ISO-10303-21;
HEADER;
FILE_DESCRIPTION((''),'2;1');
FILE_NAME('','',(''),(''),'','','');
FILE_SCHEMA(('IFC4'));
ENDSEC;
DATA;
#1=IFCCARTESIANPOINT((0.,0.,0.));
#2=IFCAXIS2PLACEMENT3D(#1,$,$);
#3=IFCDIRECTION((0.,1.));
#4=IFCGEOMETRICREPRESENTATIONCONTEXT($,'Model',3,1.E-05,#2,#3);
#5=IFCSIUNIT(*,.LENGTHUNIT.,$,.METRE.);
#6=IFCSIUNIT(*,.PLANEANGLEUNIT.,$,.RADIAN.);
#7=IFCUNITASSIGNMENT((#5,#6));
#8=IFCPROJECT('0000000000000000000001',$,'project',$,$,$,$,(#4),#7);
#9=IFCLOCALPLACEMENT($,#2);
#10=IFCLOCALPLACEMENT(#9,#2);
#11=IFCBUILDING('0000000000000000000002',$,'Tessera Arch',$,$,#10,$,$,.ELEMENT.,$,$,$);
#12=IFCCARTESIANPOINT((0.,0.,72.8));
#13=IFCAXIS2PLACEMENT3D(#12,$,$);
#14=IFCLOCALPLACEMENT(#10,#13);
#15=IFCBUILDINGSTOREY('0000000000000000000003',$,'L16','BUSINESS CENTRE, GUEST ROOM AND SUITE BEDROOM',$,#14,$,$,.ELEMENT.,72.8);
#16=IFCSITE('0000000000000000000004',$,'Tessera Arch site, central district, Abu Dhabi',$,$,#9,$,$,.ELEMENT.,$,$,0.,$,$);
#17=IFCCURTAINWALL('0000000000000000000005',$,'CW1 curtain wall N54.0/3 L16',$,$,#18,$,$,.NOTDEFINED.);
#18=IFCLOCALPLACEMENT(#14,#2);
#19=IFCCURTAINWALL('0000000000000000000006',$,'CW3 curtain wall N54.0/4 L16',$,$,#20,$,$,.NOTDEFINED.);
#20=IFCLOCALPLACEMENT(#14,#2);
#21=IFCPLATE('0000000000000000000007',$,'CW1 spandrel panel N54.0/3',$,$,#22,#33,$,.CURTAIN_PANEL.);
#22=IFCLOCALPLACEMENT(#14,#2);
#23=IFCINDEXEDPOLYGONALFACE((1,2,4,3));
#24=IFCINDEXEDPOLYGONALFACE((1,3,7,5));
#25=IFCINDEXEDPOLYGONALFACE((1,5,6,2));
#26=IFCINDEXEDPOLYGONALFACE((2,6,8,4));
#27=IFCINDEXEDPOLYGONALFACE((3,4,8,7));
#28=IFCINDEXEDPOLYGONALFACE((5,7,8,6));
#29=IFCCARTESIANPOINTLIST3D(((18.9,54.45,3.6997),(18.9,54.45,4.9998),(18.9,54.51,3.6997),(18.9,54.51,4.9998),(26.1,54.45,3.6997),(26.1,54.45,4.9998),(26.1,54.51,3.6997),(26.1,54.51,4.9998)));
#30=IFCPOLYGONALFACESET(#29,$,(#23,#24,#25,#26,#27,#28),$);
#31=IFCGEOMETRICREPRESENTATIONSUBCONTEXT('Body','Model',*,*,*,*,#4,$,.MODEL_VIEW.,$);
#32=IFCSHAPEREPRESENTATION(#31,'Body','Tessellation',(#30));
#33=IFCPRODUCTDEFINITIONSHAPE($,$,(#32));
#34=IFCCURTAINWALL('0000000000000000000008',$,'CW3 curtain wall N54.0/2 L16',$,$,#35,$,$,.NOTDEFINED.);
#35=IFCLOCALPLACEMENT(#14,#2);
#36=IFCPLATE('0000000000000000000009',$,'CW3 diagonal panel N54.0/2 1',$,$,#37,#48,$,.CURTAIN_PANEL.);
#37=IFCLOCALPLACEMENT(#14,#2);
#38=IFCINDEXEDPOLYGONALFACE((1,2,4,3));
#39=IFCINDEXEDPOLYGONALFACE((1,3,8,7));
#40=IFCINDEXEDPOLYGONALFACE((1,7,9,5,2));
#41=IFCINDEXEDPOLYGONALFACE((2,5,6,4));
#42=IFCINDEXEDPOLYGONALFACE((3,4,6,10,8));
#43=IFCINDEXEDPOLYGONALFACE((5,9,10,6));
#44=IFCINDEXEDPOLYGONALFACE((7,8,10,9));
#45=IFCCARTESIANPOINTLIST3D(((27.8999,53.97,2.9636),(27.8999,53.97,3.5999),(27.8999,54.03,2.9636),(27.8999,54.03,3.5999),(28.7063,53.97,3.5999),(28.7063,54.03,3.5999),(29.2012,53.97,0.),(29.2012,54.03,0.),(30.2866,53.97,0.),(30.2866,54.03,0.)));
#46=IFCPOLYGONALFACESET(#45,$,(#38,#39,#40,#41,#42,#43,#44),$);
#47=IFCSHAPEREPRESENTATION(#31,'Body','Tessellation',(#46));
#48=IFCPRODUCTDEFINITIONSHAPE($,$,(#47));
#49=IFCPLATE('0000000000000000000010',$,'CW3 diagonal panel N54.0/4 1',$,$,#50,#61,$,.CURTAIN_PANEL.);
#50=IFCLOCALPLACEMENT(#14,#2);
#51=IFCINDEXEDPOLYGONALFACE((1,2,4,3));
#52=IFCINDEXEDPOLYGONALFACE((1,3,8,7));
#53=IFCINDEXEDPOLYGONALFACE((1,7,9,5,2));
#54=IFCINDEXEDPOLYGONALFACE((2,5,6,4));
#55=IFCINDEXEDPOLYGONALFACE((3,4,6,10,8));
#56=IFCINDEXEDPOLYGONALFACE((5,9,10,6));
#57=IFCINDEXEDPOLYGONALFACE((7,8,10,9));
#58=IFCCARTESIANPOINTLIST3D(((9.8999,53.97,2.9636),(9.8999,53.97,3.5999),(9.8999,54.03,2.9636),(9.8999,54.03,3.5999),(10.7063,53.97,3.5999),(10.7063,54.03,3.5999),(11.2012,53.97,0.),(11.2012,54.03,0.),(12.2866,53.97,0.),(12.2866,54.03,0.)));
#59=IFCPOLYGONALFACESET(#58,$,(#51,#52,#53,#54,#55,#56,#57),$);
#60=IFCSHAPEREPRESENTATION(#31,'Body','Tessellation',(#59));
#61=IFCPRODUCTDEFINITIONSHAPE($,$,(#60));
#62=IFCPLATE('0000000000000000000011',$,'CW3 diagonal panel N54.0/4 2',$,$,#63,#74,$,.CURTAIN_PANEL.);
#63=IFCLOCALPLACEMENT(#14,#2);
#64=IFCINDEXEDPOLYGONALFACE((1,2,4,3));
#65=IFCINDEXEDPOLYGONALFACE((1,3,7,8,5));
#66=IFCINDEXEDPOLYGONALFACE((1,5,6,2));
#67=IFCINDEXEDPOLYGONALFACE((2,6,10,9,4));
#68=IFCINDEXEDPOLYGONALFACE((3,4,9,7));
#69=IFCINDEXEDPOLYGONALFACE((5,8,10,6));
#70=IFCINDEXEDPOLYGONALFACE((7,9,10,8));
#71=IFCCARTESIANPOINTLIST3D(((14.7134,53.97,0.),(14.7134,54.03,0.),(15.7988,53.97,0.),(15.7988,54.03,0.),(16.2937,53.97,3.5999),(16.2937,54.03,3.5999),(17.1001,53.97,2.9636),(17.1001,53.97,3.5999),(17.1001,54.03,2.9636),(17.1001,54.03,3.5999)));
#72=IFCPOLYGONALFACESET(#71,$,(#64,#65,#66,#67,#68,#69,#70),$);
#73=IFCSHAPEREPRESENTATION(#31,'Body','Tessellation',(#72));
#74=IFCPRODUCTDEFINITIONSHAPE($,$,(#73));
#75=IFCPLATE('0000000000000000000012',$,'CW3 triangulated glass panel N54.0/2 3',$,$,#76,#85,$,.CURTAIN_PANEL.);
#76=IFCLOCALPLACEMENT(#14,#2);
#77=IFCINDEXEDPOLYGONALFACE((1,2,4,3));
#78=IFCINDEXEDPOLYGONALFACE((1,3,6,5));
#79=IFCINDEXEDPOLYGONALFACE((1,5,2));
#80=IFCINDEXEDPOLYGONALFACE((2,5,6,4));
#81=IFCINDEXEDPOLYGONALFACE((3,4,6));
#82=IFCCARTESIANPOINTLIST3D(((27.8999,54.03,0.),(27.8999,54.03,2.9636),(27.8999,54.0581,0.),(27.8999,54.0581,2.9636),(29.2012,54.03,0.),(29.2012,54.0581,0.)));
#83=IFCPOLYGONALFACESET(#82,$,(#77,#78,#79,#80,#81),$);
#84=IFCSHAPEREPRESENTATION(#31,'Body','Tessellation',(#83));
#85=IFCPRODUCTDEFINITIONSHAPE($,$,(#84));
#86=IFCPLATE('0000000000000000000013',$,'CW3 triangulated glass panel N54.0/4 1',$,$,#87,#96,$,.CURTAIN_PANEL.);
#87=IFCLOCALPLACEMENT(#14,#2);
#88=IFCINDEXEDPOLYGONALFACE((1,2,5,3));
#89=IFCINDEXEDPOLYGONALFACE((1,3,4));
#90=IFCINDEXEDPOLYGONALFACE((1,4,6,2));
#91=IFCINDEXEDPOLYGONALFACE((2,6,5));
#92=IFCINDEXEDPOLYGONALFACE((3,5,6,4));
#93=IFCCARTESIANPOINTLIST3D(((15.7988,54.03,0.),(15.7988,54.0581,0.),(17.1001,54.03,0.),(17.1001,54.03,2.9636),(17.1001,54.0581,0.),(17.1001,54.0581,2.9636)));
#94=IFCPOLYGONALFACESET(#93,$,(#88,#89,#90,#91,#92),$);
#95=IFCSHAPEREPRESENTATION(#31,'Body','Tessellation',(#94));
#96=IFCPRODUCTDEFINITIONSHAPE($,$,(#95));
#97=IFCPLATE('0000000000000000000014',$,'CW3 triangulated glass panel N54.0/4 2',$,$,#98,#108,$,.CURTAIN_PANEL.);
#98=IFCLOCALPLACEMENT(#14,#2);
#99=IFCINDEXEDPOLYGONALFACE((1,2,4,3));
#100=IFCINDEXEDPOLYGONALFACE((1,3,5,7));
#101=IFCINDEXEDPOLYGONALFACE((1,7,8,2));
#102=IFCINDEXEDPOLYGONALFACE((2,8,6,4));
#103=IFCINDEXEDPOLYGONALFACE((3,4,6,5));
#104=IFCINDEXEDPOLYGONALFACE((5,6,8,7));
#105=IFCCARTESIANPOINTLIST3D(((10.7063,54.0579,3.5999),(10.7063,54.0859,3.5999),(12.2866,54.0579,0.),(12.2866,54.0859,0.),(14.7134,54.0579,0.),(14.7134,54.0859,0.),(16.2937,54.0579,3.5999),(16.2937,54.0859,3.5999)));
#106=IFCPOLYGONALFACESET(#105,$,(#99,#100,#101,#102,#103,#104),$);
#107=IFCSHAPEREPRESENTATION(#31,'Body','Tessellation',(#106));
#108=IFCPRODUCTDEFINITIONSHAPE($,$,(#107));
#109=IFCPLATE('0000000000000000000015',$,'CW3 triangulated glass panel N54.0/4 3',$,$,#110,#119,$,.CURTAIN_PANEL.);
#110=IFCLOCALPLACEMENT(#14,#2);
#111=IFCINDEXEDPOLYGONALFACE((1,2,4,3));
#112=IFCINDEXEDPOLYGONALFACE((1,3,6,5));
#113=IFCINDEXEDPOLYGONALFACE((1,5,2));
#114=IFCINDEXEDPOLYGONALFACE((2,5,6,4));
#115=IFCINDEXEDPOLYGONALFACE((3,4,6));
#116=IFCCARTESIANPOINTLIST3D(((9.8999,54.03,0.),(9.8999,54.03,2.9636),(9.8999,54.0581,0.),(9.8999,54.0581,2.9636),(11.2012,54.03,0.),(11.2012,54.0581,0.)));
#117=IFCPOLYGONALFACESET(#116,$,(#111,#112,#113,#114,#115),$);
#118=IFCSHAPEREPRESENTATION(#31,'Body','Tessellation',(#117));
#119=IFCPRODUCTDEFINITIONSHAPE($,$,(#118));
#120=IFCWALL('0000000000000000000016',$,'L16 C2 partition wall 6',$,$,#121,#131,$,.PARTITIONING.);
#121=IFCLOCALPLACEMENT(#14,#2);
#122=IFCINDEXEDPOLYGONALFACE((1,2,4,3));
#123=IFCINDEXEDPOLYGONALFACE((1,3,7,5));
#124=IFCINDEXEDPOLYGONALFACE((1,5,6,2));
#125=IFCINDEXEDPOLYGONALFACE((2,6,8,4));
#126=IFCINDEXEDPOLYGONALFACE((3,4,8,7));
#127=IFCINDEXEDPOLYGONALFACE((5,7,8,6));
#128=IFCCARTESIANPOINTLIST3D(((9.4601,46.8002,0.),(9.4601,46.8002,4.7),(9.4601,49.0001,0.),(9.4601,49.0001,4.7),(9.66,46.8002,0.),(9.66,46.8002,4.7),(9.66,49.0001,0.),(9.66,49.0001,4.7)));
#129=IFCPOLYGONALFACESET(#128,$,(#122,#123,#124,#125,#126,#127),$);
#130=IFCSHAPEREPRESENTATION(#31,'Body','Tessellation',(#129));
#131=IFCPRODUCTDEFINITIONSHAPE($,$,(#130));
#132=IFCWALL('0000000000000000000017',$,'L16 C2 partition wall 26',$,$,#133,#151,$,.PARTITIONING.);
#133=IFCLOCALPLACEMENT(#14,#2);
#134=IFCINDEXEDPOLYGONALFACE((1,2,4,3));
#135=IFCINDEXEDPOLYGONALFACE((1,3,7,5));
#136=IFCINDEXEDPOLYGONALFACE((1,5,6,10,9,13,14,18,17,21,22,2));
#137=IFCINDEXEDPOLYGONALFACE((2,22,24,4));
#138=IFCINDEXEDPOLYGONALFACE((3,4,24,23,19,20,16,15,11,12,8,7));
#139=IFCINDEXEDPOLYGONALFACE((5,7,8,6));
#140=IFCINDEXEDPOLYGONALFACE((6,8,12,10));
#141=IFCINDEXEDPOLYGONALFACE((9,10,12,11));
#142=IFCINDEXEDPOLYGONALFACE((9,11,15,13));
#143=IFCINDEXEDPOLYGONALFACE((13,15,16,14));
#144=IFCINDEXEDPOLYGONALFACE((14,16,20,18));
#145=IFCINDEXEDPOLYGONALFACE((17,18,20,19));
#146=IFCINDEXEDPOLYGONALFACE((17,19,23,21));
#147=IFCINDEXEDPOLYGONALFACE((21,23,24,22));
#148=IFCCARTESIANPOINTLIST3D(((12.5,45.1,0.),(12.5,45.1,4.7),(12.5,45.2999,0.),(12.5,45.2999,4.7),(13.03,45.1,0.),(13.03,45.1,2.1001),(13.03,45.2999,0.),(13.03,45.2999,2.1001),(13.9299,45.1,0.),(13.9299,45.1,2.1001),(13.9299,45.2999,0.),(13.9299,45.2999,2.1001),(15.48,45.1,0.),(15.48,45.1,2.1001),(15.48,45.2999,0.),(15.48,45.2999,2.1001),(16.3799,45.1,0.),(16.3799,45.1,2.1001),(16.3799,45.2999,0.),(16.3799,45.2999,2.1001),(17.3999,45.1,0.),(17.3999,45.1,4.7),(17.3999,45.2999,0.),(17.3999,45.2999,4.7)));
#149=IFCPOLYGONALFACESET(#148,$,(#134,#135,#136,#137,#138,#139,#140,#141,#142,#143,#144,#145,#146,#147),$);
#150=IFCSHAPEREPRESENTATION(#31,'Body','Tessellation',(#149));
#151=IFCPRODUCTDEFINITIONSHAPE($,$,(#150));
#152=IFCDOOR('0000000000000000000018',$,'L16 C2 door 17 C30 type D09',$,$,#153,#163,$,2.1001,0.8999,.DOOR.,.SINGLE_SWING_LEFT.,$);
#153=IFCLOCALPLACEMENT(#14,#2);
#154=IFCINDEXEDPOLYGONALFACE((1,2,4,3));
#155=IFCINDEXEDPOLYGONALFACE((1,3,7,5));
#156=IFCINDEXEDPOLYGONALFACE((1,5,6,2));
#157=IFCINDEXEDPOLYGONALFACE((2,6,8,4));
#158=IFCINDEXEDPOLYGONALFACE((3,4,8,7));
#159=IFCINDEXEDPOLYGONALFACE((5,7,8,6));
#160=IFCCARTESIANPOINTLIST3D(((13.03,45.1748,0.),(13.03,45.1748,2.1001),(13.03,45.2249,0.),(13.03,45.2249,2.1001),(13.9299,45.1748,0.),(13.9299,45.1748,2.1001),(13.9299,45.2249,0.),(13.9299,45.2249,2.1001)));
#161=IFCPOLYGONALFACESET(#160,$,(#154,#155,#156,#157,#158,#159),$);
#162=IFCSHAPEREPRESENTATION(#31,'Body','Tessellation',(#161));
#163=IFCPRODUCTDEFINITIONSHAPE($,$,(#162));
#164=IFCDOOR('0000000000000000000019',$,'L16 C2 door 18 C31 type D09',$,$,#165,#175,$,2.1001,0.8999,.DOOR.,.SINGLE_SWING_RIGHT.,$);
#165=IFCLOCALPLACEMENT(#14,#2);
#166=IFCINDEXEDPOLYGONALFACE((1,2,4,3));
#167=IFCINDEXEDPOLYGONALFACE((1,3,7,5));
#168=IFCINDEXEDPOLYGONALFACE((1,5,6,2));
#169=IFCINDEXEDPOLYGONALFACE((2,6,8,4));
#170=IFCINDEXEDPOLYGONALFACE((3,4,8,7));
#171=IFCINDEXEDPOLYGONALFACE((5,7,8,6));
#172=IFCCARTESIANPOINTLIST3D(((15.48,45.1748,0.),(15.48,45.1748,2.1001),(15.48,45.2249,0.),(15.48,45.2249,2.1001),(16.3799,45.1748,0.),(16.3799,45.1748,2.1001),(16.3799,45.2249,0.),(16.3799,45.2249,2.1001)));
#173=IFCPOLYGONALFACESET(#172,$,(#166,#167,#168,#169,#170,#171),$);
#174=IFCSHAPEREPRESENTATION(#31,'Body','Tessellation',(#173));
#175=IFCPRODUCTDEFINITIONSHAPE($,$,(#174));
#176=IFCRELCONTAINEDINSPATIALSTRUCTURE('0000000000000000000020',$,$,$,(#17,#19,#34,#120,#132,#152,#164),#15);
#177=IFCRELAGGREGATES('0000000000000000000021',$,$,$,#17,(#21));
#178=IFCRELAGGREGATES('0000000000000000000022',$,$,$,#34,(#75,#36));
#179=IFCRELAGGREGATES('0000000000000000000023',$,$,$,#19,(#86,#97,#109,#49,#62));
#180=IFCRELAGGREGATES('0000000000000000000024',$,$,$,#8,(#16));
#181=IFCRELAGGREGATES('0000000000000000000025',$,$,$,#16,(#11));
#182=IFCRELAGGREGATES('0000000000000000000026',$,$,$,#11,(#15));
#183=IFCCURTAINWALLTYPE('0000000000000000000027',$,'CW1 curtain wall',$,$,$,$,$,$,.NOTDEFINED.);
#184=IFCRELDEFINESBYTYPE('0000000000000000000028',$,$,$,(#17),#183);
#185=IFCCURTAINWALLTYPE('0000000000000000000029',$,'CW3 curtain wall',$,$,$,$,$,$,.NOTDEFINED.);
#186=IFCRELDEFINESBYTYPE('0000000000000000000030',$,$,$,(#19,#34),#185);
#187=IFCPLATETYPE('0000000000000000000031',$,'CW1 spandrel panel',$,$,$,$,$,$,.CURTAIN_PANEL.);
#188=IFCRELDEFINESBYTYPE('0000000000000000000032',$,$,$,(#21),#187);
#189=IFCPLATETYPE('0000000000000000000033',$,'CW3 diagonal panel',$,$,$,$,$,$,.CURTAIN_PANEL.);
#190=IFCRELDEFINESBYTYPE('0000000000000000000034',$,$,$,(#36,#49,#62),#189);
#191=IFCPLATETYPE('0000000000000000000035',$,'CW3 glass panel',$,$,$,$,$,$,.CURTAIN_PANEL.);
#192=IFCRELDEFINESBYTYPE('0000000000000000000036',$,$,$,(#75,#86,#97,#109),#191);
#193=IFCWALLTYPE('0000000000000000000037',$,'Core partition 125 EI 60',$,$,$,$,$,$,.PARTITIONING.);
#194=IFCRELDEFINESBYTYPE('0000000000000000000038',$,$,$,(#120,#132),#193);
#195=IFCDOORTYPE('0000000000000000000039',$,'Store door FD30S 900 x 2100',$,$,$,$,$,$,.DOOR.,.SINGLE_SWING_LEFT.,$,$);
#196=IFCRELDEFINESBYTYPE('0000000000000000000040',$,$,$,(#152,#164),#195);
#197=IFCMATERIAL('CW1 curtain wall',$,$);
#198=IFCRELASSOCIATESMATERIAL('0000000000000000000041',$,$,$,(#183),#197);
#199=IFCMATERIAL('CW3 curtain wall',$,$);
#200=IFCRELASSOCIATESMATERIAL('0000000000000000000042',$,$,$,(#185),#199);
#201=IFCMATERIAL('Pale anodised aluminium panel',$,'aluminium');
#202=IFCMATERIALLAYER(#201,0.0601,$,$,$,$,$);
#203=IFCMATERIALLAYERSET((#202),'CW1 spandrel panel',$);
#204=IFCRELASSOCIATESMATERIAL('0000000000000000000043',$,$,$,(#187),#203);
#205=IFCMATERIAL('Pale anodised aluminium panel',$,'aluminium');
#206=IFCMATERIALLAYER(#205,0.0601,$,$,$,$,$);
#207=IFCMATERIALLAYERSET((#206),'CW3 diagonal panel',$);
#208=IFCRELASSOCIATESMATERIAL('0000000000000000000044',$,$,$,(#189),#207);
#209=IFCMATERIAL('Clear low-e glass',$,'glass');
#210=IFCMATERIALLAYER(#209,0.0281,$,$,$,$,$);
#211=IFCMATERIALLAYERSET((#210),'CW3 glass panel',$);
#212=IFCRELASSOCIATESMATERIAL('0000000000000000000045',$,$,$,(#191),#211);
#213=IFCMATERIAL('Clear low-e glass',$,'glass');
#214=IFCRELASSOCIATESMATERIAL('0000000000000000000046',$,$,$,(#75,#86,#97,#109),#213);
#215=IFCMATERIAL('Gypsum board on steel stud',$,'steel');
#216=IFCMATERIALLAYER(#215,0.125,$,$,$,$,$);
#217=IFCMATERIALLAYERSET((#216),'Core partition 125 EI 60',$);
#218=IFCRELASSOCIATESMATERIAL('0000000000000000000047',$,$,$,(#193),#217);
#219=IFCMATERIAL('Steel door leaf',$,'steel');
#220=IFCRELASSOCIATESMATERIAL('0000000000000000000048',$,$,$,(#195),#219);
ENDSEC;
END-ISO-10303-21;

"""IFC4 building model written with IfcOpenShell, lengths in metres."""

from ifc_helpers import new_model, si_unit, direction, frame, frame_2d, origin, origin_2d, place, context, subcontext, project, spatial, polyline, rectangle, outline, extrude, material, layer, layer_set, type_object, element, fill, aggregate, save


model = new_model("IFC4")

# Units and contexts
model_context = context("Model", 3, precision=1e-05, world=origin(), true_north=direction((0.0, 1.0)))
body_context = subcontext(model_context, "Body", "Model", "MODEL_VIEW")
ifc_project = project(units=[si_unit("LENGTHUNIT", "METRE"), si_unit("PLANEANGLEUNIT", "RADIAN")], contexts=[model_context])

# Site, building, storey
site_placement = place(None, origin())
site = spatial("IfcSite", under=ifc_project, at=site_placement, Name="Tessera Arch site, central district, Abu Dhabi", CompositionType="ELEMENT", RefElevation=0.0)
building_placement = place(site_placement, origin())
building = spatial("IfcBuilding", under=site, at=building_placement, Name="Tessera Arch", CompositionType="ELEMENT")
storey_placement = place(building_placement, frame((0.0, 0.0, 72.8)))
storey = spatial("IfcBuildingStorey", under=building, at=storey_placement, Name="L16", Description="BUSINESS CENTRE, GUEST ROOM AND SUITE BEDROOM", CompositionType="ELEMENT", Elevation=72.8)

# Curtain wall
ifc_material_1 = material(Name="CW1 curtain wall")
curtain_wall_type_1 = type_object("IfcCurtainWallType", Name="CW1 curtain wall", PredefinedType="NOTDEFINED", material=ifc_material_1)
curtain_wall_1_placement = place(storey_placement, origin())
curtain_wall_1 = element("IfcCurtainWall", 1, at=curtain_wall_1_placement, inside=storey, type_object=curtain_wall_type_1, Name="CW1 curtain wall N54.0/3 L16", PredefinedType="NOTDEFINED")

# Curtain wall
ifc_material_2 = material(Name="CW3 curtain wall")
curtain_wall_type_2 = type_object("IfcCurtainWallType", Name="CW3 curtain wall", PredefinedType="NOTDEFINED", material=ifc_material_2)
curtain_wall_2_placement = place(storey_placement, origin())
curtain_wall_2 = element("IfcCurtainWall", 2, at=curtain_wall_2_placement, inside=storey, type_object=curtain_wall_type_2, Name="CW3 curtain wall N54.0/4 L16", PredefinedType="NOTDEFINED")

# Plate
ifc_material_3 = material(Name="Clear low-e glass", Category="glass")
ifc_material_4 = material(Name="Pale anodised aluminium panel", Category="aluminium")
ifc_layer_1 = layer(ifc_material_4, 0.0601)
ifc_layer_set_1 = layer_set([ifc_layer_1], Name="CW1 spandrel panel")
plate_type_1 = type_object("IfcPlateType", Name="CW1 spandrel panel", PredefinedType="CURTAIN_PANEL", material=ifc_layer_set_1)
plate_1_placement = place(storey_placement, frame((22.5, 54.48, 3.6997), z_axis=(0.0, 0.0, 1.0), x_axis=(-1.0, 0.0, 0.0)))
plate_1 = element("IfcPlate", 3, at=plate_1_placement, type_object=plate_type_1, Name="CW1 spandrel panel N54.0/3", PredefinedType="CURTAIN_PANEL", context=body_context, shape_type="SweptSolid", body=[
    extrude(rectangle(XDim=7.2, YDim=0.0601, at=origin_2d()), origin(), (0.0, 0.0, 1.0), 1.3),
])
aggregate(curtain_wall_1, [plate_1])

# Curtain wall, plate
curtain_wall_3_placement = place(storey_placement, origin())
curtain_wall_3 = element("IfcCurtainWall", 4, at=curtain_wall_3_placement, inside=storey, type_object=curtain_wall_type_2, Name="CW3 curtain wall N54.0/2 L16", PredefinedType="NOTDEFINED")
ifc_material_5 = material(Name="Pale anodised aluminium panel", Category="aluminium")
ifc_layer_2 = layer(ifc_material_5, 0.0601)
ifc_layer_set_2 = layer_set([ifc_layer_2], Name="CW3 diagonal panel")
plate_type_2 = type_object("IfcPlateType", Name="CW3 diagonal panel", PredefinedType="CURTAIN_PANEL", material=ifc_layer_set_2)
plate_2_placement = place(storey_placement, frame((27.8999, 54.03, 3.5999), z_axis=(0.0, 1.0, 0.0), x_axis=(1.0, 0.0, 0.0)))
plate_2 = element("IfcPlate", 5, at=plate_2_placement, type_object=plate_type_2, Name="CW3 diagonal panel N54.0/2 1", PredefinedType="CURTAIN_PANEL", context=body_context, shape_type="SweptSolid", body=[
    extrude(outline(polyline([(0.0, 0.0), (0.8064, 0.0), (2.3867, 3.5999), (1.3013, 3.5999), (0.0, 0.6362), (0.0, 0.0)])), origin(), (0.0, 0.0, -1.0), 0.0601),
])

# Plates
plate_3_placement = place(storey_placement, frame((9.8999, 54.03, 3.5999), z_axis=(0.0, 1.0, 0.0), x_axis=(1.0, 0.0, 0.0)))
plate_3 = element("IfcPlate", 6, at=plate_3_placement, type_object=plate_type_2, Name="CW3 diagonal panel N54.0/4 1", PredefinedType="CURTAIN_PANEL", context=body_context, shape_type="SweptSolid", body=[
    extrude(outline(polyline([(0.0, 0.0), (0.8064, 0.0), (2.3867, 3.5999), (1.3013, 3.5999), (0.0, 0.6362), (0.0, 0.0)])), origin(), (0.0, 0.0, -1.0), 0.0601),
])
plate_4_placement = place(storey_placement, frame((17.1001, 54.03, 3.5999), z_axis=(0.0, 1.0, 0.0), x_axis=(0.0, 0.0, -1.0)))
plate_4 = element("IfcPlate", 7, at=plate_4_placement, type_object=plate_type_2, Name="CW3 diagonal panel N54.0/4 2", PredefinedType="CURTAIN_PANEL", context=body_context, shape_type="SweptSolid", body=[
    extrude(outline(polyline([(0.0, 0.0), (0.6362, 0.0), (3.5999, 1.3013), (3.5999, 2.3867), (0.0, 0.8064), (0.0, 0.0)])), origin(), (0.0, 0.0, -1.0), 0.0601),
])
ifc_material_6 = material(Name="Clear low-e glass", Category="glass")
ifc_layer_3 = layer(ifc_material_6, 0.0281)
ifc_layer_set_3 = layer_set([ifc_layer_3], Name="CW3 glass panel")
plate_type_3 = type_object("IfcPlateType", Name="CW3 glass panel", PredefinedType="CURTAIN_PANEL", material=ifc_layer_set_3)
plate_5_placement = place(storey_placement, frame((27.8999, 54.0581, 0.0), z_axis=(0.0, 1.0, 0.0), x_axis=(0.0, 0.0, 1.0)))
plate_5 = element("IfcPlate", 8, at=plate_5_placement, type_object=plate_type_3, material=ifc_material_3, Name="CW3 triangulated glass panel N54.0/2 3", PredefinedType="CURTAIN_PANEL", context=body_context, shape_type="SweptSolid", body=[
    extrude(outline(polyline([(0.0, 0.0), (2.9636, 0.0), (0.0, 1.3013), (0.0, 0.0)])), origin(), (0.0, 0.0, -1.0), 0.0281),
])
aggregate(curtain_wall_3, [plate_5, plate_2])
plate_6_placement = place(storey_placement, frame((17.1001, 54.0581, 0.0), z_axis=(0.0, 1.0, 0.0), x_axis=(-1.0, 0.0, 0.0)))
plate_6 = element("IfcPlate", 9, at=plate_6_placement, type_object=plate_type_3, material=ifc_material_3, Name="CW3 triangulated glass panel N54.0/4 1", PredefinedType="CURTAIN_PANEL", context=body_context, shape_type="SweptSolid", body=[
    extrude(outline(polyline([(0.0, 0.0), (1.3013, 0.0), (0.0, 2.9636), (0.0, 0.0)])), origin(), (0.0, 0.0, -1.0), 0.0281),
])
plate_7_placement = place(storey_placement, frame((10.7063, 54.0859, 3.5999), z_axis=(0.0, 1.0, 0.0), x_axis=(1.0, 0.0, 0.0)))
plate_7 = element("IfcPlate", 10, at=plate_7_placement, type_object=plate_type_3, material=ifc_material_3, Name="CW3 triangulated glass panel N54.0/4 2", PredefinedType="CURTAIN_PANEL", context=body_context, shape_type="SweptSolid", body=[
    extrude(outline(polyline([(0.0, 0.0), (5.5874, 0.0), (4.0071, 3.5999), (1.5803, 3.5999), (0.0, 0.0)])), origin(), (0.0, 0.0, -1.0), 0.0281),
])
plate_8_placement = place(storey_placement, frame((9.8999, 54.0581, 0.0), z_axis=(0.0, 1.0, 0.0), x_axis=(0.0, 0.0, 1.0)))
plate_8 = element("IfcPlate", 11, at=plate_8_placement, type_object=plate_type_3, material=ifc_material_3, Name="CW3 triangulated glass panel N54.0/4 3", PredefinedType="CURTAIN_PANEL", context=body_context, shape_type="SweptSolid", body=[
    extrude(outline(polyline([(0.0, 0.0), (2.9636, 0.0), (0.0, 1.3013), (0.0, 0.0)])), origin(), (0.0, 0.0, -1.0), 0.0281),
])
aggregate(curtain_wall_2, [plate_6, plate_7, plate_8, plate_3, plate_4])

# Wall
ifc_material_7 = material(Name="Gypsum board on steel stud", Category="steel")
ifc_layer_4 = layer(ifc_material_7, 0.125)
ifc_layer_set_4 = layer_set([ifc_layer_4], Name="Core partition 125 EI 60")
wall_type_1 = type_object("IfcWallType", Name="Core partition 125 EI 60", PredefinedType="PARTITIONING", material=ifc_layer_set_4)
wall_1_placement = place(storey_placement, frame((9.5601, 46.8, 0.0), z_axis=(0.0, 0.0, 1.0), x_axis=(0.0, 1.0, 0.0)))
element("IfcWall", 12, at=wall_1_placement, inside=storey, type_object=wall_type_1, Name="L16 C2 partition wall 6", PredefinedType="PARTITIONING", context=body_context, shape_type="SweptSolid", body=[
    extrude(rectangle(XDim=2.2, YDim=0.2, at=frame_2d((1.1001, 0.0))), origin(), (0.0, 0.0, 1.0), 4.7),
])

# Wall, openings, doors
wall_2_placement = place(storey_placement, frame((12.5, 45.2, 0.0), z_axis=(0.0, 0.0, 1.0), x_axis=(1.0, 0.0, 0.0)))
wall_2 = element("IfcWall", 13, at=wall_2_placement, inside=storey, type_object=wall_type_1, Name="L16 C2 partition wall 26", PredefinedType="PARTITIONING", context=body_context, shape_type="SweptSolid", body=[
    extrude(rectangle(XDim=4.8999, YDim=0.2, at=frame_2d((2.45, 0.0))), origin(), (0.0, 0.0, 1.0), 4.7),
])
opening_1_placement = place(wall_2_placement, frame((0.53, 0.0, 0.0)))
opening_1 = element("IfcOpeningElement", 14, at=opening_1_placement, cuts=wall_2, PredefinedType="OPENING", context=body_context, shape_type="SweptSolid", body=[
    extrude(rectangle(XDim=0.8999, YDim=2.1001, at=frame_2d((0.45, 1.05))), frame((0.0, 0.1099, 0.0), z_axis=(0.0, -1.0, 0.0), x_axis=(1.0, 0.0, 0.0)), (0.0, 0.0, 1.0), 0.22),
])
opening_2_placement = place(wall_2_placement, frame((2.98, 0.0, 0.0)))
opening_2 = element("IfcOpeningElement", 15, at=opening_2_placement, cuts=wall_2, PredefinedType="OPENING", context=body_context, shape_type="SweptSolid", body=[
    extrude(rectangle(XDim=0.8999, YDim=2.1001, at=frame_2d((0.45, 1.05))), frame((0.0, 0.1099, 0.0), z_axis=(0.0, -1.0, 0.0), x_axis=(1.0, 0.0, 0.0)), (0.0, 0.0, 1.0), 0.22),
])
ifc_material_8 = material(Name="Steel door leaf", Category="steel")
door_type = type_object("IfcDoorType", Name="Store door FD30S 900 x 2100", OperationType="SINGLE_SWING_LEFT", PredefinedType="DOOR", material=ifc_material_8)
door_1_placement = place(opening_1_placement, origin())
door_1 = element("IfcDoor", 16, at=door_1_placement, inside=storey, type_object=door_type, Name="L16 C2 door 17 C30 type D09", OperationType="SINGLE_SWING_LEFT", OverallHeight=2.1001, OverallWidth=0.8999, PredefinedType="DOOR", context=body_context, shape_type="SweptSolid", body=[
    extrude(rectangle(XDim=0.8999, YDim=2.1001, at=frame_2d((0.45, 1.05))), frame((0.0, 0.0249, 0.0), z_axis=(0.0, -1.0, 0.0), x_axis=(1.0, 0.0, 0.0)), (0.0, 0.0, 1.0), 0.05),
])
fill(opening_1, door_1)
door_2_placement = place(opening_2_placement, origin())
door_2 = element("IfcDoor", 17, at=door_2_placement, inside=storey, type_object=door_type, Name="L16 C2 door 18 C31 type D09", OperationType="SINGLE_SWING_RIGHT", OverallHeight=2.1001, OverallWidth=0.8999, PredefinedType="DOOR", context=body_context, shape_type="SweptSolid", body=[
    extrude(rectangle(XDim=0.8999, YDim=2.1001, at=frame_2d((0.45, 1.05))), frame((0.0, 0.0249, 0.0), z_axis=(0.0, -1.0, 0.0), x_axis=(1.0, 0.0, 0.0)), (0.0, 0.0, 1.0), 0.05),
])
fill(opening_2, door_2)

save(model, "model.ifc")
